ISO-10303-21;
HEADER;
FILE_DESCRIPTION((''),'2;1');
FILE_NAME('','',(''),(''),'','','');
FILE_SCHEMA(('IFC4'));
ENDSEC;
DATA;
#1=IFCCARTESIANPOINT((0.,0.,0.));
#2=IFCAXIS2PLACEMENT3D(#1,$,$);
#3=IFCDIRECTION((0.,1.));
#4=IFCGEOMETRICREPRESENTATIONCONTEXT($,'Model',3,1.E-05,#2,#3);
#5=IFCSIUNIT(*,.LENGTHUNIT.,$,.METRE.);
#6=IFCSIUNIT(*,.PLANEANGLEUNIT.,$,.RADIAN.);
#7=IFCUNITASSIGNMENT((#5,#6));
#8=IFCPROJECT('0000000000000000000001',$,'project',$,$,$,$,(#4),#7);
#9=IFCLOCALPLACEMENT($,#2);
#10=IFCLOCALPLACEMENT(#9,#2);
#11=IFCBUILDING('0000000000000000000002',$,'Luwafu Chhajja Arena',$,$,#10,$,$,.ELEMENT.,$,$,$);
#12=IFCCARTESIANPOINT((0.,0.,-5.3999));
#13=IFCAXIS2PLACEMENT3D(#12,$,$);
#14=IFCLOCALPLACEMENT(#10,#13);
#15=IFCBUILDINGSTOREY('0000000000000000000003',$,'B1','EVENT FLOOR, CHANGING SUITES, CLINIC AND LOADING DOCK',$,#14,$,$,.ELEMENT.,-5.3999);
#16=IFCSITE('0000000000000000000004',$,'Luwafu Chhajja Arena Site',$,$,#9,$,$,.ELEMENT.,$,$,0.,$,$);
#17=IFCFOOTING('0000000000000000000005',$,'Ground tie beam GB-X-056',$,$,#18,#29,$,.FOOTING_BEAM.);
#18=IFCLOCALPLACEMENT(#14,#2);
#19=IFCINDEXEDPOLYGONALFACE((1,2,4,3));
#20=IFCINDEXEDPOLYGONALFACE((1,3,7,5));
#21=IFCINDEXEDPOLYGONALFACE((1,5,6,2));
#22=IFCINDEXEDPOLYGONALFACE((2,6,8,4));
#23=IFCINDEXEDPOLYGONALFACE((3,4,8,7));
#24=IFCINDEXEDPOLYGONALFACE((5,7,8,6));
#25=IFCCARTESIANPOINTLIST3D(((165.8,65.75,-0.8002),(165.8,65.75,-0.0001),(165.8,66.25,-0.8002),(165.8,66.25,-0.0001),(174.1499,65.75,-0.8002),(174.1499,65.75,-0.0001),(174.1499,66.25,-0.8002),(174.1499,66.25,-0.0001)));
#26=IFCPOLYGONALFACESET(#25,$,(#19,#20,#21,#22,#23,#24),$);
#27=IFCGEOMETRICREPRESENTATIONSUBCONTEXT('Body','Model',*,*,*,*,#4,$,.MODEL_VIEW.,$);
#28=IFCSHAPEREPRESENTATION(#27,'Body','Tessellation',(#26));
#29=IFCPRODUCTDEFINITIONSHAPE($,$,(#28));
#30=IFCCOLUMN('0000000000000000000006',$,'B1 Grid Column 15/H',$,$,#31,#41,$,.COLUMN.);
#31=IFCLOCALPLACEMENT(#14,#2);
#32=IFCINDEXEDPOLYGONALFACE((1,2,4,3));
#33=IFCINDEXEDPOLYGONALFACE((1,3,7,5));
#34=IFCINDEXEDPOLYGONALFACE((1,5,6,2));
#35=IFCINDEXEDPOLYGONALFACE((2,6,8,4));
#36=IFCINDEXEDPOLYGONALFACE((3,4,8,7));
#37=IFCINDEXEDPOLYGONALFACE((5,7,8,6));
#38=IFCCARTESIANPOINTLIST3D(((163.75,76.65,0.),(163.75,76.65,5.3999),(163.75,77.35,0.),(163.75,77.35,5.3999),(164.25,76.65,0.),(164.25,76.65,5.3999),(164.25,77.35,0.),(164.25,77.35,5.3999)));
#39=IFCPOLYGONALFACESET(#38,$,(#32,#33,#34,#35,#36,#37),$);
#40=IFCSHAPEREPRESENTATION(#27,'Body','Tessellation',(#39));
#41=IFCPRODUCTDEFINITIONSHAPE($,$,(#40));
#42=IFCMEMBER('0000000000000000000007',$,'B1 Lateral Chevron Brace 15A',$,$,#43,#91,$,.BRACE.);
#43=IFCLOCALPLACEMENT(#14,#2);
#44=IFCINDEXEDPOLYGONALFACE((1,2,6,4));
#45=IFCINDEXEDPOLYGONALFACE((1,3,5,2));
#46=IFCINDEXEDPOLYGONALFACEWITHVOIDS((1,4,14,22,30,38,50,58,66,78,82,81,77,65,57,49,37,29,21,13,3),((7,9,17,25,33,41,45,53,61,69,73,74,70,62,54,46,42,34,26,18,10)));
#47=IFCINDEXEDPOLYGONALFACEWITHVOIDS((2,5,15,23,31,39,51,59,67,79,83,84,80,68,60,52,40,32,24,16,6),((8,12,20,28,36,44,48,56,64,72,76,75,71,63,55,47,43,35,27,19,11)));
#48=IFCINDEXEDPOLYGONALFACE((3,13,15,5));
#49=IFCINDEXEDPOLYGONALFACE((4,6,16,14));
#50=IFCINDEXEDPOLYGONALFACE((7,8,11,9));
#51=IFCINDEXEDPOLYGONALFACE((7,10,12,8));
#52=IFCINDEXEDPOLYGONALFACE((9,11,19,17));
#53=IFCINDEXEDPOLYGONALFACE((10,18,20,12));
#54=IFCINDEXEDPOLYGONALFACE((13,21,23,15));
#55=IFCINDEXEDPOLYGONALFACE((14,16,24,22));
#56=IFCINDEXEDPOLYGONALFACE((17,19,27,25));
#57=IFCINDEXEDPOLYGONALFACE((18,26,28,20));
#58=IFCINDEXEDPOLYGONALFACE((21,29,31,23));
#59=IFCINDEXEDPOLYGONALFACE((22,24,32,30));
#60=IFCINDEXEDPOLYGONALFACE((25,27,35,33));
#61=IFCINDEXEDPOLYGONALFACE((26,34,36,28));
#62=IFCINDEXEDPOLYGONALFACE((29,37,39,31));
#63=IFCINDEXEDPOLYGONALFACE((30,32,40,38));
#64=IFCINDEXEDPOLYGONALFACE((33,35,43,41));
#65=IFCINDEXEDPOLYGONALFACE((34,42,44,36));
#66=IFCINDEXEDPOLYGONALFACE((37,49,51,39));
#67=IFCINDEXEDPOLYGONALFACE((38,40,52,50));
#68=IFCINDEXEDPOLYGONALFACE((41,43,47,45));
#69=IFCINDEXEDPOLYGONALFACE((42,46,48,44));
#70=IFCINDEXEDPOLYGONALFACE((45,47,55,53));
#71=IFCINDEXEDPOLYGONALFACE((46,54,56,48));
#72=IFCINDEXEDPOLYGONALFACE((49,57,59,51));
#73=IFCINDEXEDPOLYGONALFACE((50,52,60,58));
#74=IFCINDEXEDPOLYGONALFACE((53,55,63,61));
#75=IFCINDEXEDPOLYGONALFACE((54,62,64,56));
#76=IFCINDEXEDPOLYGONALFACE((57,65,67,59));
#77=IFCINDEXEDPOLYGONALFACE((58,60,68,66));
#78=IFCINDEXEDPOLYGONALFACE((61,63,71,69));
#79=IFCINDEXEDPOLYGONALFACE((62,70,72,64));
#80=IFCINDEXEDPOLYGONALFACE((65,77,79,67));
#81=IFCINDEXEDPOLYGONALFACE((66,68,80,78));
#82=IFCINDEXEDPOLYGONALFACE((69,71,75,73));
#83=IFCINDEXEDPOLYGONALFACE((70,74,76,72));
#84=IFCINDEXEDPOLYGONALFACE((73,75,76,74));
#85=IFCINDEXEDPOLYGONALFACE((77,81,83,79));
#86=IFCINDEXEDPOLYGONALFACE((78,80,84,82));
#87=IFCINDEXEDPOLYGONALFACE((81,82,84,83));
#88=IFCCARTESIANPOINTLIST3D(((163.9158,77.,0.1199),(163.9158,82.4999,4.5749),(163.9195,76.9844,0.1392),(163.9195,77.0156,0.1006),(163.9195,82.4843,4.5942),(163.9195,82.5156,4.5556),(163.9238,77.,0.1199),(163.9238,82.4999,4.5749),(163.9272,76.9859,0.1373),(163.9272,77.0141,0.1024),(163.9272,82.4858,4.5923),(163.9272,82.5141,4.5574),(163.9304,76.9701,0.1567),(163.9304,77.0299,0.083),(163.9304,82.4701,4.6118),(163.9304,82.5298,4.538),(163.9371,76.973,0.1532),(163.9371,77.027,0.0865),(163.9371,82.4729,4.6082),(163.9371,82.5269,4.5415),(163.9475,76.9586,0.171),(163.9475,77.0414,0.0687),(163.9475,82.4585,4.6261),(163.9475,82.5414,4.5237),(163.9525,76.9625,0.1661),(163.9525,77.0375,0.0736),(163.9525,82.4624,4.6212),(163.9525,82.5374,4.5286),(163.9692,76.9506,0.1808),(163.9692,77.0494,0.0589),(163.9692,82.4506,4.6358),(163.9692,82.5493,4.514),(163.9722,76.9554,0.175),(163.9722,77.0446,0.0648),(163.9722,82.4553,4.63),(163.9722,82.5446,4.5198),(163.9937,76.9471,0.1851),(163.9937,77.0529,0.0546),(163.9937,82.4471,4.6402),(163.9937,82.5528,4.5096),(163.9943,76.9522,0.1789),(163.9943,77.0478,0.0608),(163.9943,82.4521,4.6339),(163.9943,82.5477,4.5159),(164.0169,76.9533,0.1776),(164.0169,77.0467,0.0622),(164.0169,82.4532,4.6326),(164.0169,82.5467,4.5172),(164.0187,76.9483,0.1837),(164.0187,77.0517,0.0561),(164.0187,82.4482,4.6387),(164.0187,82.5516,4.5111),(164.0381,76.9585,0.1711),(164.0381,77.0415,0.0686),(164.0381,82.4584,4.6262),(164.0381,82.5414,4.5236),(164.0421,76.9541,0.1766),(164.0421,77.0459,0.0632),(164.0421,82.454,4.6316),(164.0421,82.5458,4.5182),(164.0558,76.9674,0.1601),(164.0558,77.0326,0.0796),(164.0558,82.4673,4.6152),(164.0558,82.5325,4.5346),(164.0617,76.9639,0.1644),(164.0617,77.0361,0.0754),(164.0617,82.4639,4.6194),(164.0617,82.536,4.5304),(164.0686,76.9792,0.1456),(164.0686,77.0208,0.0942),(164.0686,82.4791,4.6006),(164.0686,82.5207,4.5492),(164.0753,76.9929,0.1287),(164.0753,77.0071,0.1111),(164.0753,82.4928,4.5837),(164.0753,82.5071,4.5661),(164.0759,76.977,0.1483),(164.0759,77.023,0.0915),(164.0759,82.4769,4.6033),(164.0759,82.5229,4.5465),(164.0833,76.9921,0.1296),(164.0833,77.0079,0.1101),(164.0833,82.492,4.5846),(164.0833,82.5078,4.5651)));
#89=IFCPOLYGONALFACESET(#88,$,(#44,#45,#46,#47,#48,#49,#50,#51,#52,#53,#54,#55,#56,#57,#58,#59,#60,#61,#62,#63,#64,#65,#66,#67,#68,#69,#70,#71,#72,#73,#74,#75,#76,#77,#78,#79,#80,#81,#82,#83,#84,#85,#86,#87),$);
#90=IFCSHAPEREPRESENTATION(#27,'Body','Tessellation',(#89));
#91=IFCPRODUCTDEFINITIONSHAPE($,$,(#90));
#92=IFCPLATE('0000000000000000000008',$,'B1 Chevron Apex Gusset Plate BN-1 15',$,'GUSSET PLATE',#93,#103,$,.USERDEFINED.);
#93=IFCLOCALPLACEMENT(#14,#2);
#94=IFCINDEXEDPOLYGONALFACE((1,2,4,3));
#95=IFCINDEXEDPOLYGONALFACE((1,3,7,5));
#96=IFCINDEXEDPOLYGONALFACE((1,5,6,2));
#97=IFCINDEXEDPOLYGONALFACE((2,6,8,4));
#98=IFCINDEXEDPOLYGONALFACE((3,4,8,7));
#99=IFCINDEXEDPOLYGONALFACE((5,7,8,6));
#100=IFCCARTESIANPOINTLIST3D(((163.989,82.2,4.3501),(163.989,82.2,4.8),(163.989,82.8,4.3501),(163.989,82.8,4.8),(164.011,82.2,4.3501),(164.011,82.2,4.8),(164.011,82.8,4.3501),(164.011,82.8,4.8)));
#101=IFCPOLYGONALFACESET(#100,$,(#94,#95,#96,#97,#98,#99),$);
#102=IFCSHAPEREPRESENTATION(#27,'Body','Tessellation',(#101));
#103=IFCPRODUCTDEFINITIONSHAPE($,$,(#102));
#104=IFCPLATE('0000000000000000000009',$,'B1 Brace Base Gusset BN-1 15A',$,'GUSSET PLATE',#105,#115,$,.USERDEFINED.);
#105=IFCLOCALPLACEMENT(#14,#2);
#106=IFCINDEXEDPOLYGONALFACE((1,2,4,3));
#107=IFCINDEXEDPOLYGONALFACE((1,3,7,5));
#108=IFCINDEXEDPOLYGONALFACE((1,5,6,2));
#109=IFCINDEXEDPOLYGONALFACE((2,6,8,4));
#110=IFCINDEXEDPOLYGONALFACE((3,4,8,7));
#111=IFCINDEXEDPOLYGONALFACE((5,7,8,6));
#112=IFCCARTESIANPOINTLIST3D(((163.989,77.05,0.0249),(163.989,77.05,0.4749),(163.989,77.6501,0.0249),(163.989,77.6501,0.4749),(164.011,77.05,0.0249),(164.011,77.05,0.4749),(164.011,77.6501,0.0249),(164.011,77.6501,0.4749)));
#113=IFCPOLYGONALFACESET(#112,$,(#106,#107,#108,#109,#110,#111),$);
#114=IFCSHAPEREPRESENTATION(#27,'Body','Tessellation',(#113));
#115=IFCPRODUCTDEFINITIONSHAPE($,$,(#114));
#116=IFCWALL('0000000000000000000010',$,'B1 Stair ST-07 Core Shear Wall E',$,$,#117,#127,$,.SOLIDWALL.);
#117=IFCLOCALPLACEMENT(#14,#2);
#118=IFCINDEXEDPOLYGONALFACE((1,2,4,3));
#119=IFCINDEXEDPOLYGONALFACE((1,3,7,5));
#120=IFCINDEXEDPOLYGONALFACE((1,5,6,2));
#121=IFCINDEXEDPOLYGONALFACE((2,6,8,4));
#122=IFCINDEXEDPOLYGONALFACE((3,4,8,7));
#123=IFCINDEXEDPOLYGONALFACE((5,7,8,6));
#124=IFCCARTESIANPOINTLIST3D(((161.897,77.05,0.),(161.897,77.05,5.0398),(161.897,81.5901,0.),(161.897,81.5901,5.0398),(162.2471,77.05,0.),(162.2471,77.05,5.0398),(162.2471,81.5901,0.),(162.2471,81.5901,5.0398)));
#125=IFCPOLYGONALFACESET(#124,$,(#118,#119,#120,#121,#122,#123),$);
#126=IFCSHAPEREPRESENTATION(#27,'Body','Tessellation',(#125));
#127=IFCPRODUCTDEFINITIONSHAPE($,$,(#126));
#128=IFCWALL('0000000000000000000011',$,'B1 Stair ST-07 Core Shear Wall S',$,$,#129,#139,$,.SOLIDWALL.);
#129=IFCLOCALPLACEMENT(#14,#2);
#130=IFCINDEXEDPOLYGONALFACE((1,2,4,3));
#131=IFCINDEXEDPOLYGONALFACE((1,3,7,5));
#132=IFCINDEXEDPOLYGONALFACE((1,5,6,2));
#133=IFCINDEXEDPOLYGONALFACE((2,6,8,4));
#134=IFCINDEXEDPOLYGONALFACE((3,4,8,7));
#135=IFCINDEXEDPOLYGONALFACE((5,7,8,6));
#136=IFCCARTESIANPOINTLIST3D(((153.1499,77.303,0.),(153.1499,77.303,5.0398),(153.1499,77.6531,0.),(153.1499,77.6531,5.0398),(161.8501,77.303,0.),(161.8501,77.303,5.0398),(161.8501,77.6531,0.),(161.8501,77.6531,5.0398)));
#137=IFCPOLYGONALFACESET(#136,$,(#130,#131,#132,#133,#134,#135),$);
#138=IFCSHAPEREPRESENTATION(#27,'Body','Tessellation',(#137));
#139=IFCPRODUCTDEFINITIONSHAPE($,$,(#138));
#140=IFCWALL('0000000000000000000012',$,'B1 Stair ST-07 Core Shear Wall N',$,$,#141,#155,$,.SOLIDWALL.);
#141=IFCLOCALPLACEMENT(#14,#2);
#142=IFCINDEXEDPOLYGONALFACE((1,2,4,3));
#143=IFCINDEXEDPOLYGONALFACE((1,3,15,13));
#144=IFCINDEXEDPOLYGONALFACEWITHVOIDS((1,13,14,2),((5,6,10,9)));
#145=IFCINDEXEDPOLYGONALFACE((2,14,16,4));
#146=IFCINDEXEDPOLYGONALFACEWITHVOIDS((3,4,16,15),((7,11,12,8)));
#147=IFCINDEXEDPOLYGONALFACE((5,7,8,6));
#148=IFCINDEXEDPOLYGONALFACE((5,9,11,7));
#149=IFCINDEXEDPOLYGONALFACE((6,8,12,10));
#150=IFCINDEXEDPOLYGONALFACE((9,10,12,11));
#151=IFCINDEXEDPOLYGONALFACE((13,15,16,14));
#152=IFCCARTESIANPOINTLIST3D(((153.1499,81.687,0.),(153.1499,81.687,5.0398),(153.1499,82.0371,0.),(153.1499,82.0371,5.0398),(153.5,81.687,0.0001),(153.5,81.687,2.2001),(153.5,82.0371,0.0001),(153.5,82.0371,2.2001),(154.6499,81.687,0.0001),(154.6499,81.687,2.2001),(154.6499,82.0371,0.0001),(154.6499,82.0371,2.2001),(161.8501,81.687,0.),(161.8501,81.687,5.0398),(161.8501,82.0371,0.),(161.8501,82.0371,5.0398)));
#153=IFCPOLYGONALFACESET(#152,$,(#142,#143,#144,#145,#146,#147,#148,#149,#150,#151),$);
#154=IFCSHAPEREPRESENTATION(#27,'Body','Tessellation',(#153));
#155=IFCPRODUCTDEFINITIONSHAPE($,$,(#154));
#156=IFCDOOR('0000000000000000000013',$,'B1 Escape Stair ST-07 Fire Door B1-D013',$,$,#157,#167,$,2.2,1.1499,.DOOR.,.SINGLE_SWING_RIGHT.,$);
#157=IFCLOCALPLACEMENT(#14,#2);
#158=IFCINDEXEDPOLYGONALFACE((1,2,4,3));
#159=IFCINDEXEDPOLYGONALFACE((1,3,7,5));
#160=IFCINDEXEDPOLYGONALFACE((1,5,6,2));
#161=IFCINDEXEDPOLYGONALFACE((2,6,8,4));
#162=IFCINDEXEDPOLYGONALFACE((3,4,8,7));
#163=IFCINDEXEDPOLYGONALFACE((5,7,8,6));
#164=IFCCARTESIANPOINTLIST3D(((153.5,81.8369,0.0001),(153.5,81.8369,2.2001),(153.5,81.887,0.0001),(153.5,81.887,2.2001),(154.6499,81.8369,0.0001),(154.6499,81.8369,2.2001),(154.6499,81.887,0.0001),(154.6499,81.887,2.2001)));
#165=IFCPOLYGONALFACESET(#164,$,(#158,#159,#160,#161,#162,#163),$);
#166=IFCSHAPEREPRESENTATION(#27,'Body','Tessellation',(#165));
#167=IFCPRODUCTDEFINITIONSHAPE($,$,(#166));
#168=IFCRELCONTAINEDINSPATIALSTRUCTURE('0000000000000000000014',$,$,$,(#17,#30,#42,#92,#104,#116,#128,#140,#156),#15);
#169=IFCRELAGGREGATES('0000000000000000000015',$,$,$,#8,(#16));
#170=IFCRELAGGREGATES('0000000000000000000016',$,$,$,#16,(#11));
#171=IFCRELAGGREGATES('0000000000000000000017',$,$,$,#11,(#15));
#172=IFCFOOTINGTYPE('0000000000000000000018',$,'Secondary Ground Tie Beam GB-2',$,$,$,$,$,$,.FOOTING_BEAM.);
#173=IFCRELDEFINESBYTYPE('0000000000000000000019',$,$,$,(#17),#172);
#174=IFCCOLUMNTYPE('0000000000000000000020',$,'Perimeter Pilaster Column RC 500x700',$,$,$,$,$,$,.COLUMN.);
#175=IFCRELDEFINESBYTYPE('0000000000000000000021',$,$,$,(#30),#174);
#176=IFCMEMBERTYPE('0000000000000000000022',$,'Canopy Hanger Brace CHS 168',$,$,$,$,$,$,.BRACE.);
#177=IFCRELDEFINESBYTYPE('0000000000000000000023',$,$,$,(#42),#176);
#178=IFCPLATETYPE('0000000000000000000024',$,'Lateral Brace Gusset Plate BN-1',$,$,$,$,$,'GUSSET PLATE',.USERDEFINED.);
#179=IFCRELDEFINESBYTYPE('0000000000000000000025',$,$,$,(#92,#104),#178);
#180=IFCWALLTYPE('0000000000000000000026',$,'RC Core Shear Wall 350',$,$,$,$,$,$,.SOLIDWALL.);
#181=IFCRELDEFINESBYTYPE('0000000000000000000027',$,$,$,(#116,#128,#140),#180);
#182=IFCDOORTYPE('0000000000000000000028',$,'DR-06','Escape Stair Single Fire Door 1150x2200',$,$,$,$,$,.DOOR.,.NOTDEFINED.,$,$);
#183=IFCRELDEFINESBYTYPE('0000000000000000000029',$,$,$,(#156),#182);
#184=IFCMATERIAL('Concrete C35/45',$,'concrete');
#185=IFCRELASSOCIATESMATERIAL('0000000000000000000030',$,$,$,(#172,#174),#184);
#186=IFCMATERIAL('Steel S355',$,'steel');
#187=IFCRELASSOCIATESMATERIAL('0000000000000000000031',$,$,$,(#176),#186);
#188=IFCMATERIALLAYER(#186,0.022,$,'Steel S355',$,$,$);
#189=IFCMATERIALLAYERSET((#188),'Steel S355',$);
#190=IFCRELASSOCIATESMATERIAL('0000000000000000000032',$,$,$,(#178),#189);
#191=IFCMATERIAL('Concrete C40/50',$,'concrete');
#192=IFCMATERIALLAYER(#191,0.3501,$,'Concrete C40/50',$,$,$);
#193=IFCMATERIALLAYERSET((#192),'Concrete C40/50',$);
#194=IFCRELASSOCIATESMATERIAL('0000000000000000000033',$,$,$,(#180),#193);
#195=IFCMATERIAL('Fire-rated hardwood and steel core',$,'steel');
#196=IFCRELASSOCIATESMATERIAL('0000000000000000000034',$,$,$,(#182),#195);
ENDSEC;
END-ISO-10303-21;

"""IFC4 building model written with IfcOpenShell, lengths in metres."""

from ifc_helpers import new_model, si_unit, direction, frame, frame_2d, origin, origin_2d, place, context, subcontext, project, spatial, rectangle, hollow_circle, extrude, material, layer, layer_set, material_profile, profile_set, type_object, element, fill, save


model = new_model("IFC4")

# Units and contexts
model_context = context("Model", 3, precision=1e-05, world=origin(), true_north=direction((0.0, 1.0)))
body_context = subcontext(model_context, "Body", "Model", "MODEL_VIEW")
ifc_project = project(units=[si_unit("LENGTHUNIT", "METRE"), si_unit("PLANEANGLEUNIT", "RADIAN")], contexts=[model_context])

# Site, building, storey
site_placement = place(None, origin())
site = spatial("IfcSite", under=ifc_project, at=site_placement, Name="Luwafu Chhajja Arena Site", CompositionType="ELEMENT", RefElevation=0.0)
building_placement = place(site_placement, origin())
building = spatial("IfcBuilding", under=site, at=building_placement, Name="Luwafu Chhajja Arena", CompositionType="ELEMENT")
storey_placement = place(building_placement, frame((0.0, 0.0, -5.3999)))
storey = spatial("IfcBuildingStorey", under=building, at=storey_placement, Name="B1", Description="EVENT FLOOR, CHANGING SUITES, CLINIC AND LOADING DOCK", CompositionType="ELEMENT", Elevation=-5.3999)

# Shared definitions
ifc_material_1 = material(Name="Concrete C35/45", Category="concrete")

# Footing
ifc_material_profile_1 = material_profile(ifc_material_1, rectangle(XDim=0.5, YDim=0.8, at=origin_2d()), Name="RC 500x800")
ifc_profile_set_1 = profile_set([ifc_material_profile_1], Name="Concrete C35/45")
footing_type_1 = type_object("IfcFootingType", Name="Secondary Ground Tie Beam GB-2", PredefinedType="FOOTING_BEAM", material=ifc_profile_set_1)
footing_1_placement = place(storey_placement, frame((165.8, 66.0, -0.4001), z_axis=(1.0, 0.0, 0.0), x_axis=(0.0, 1.0, 0.0)))
element("IfcFooting", 1, at=footing_1_placement, inside=storey, type_object=footing_type_1, Name="Ground tie beam GB-X-056", PredefinedType="FOOTING_BEAM", context=body_context, shape_type="SweptSolid", body=[
    extrude(rectangle(XDim=0.5, YDim=0.8, at=origin_2d()), origin(), (0.0, 0.0, 1.0), 8.3499),
])

# Column
ifc_material_profile_2 = material_profile(ifc_material_1, rectangle(XDim=0.5, YDim=0.7, at=origin_2d()), Name="RC 500x700")
ifc_profile_set_2 = profile_set([ifc_material_profile_2], Name="Concrete C35/45")
column_type = type_object("IfcColumnType", Name="Perimeter Pilaster Column RC 500x700", PredefinedType="COLUMN", material=ifc_profile_set_2)
column_placement = place(storey_placement, frame((164.0, 77.0, 0.0), z_axis=(0.0, 0.0, 1.0), x_axis=(1.0, 0.0, 0.0)))
element("IfcColumn", 2, at=column_placement, inside=storey, type_object=column_type, Name="B1 Grid Column 15/H", PredefinedType="COLUMN", context=body_context, shape_type="SweptSolid", body=[
    extrude(rectangle(XDim=0.5, YDim=0.7, at=origin_2d()), origin(), (0.0, 0.0, 1.0), 5.3999),
])

# Member
ifc_material_2 = material(Name="Steel S355", Category="steel")
ifc_material_profile_3 = material_profile(ifc_material_2, hollow_circle(Radius=0.0842, WallThickness=0.0081, at=origin_2d()), Name="CHS 168.3x8")
ifc_profile_set_3 = profile_set([ifc_material_profile_3], Name="Steel S355")
member_type = type_object("IfcMemberType", Name="Canopy Hanger Brace CHS 168", PredefinedType="BRACE", material=ifc_profile_set_3)
member_placement = place(storey_placement, frame((164.0, 77.0, 0.1199), z_axis=(0.0, 0.777058, 0.629428), x_axis=(-1.0, 0.0, 0.0)))
element("IfcMember", 3, at=member_placement, inside=storey, type_object=member_type, Name="B1 Lateral Chevron Brace 15A", PredefinedType="BRACE", context=body_context, shape_type="SweptSolid", body=[
    extrude(hollow_circle(Radius=0.0842, WallThickness=0.0081, at=origin_2d()), origin(), (0.0, 0.0, 1.0), 7.0779),
])

# Plates
ifc_layer_1 = layer(ifc_material_2, 0.022, Name="Steel S355")
ifc_layer_set_1 = layer_set([ifc_layer_1], Name="Steel S355")
plate_type = type_object("IfcPlateType", Name="Lateral Brace Gusset Plate BN-1", ElementType="GUSSET PLATE", PredefinedType="USERDEFINED", material=ifc_layer_set_1)
for number, where, z_axis, x_axis, name in (
    (4, (164.0, 82.5, 4.3501), (0.0, 0.0, 1.0), (1.0, 0.0, 0.0), "B1 Chevron Apex Gusset Plate BN-1 15"),
    (5, (164.0, 77.3501, 0.0249), (0.0, 0.0, 1.0), (1.0, 0.0, 0.0), "B1 Brace Base Gusset BN-1 15A"),
):
    element("IfcPlate", number, at=place(storey_placement, frame(where, z_axis=z_axis, x_axis=x_axis)), inside=storey, type_object=plate_type, Name=name, ObjectType="GUSSET PLATE", PredefinedType="USERDEFINED", context=body_context, shape_type="SweptSolid", body=[
        extrude(rectangle(XDim=0.022, YDim=0.6001, at=origin_2d()), origin(), (0.0, 0.0, 1.0), 0.45),
    ])

# Walls
ifc_material_3 = material(Name="Concrete C40/50", Category="concrete")
ifc_layer_2 = layer(ifc_material_3, 0.3501, Name="Concrete C40/50")
ifc_layer_set_2 = layer_set([ifc_layer_2], Name="Concrete C40/50")
wall_type_1 = type_object("IfcWallType", Name="RC Core Shear Wall 350", PredefinedType="SOLIDWALL", material=ifc_layer_set_2)
wall_1_placement = place(storey_placement, frame((162.072, 77.05, 0.0), z_axis=(0.0, 0.0, 1.0), x_axis=(0.0, 1.0, 0.0)))
element("IfcWall", 6, at=wall_1_placement, inside=storey, type_object=wall_type_1, Name="B1 Stair ST-07 Core Shear Wall E", PredefinedType="SOLIDWALL", context=body_context, shape_type="SweptSolid", body=[
    extrude(rectangle(XDim=4.54, YDim=0.3501, at=frame_2d((2.27, 0.0))), origin(), (0.0, 0.0, 1.0), 5.0398),
])
wall_2_placement = place(storey_placement, frame((153.1499, 77.478, 0.0), z_axis=(0.0, 0.0, 1.0), x_axis=(1.0, 0.0, 0.0)))
element("IfcWall", 7, at=wall_2_placement, inside=storey, type_object=wall_type_1, Name="B1 Stair ST-07 Core Shear Wall S", PredefinedType="SOLIDWALL", context=body_context, shape_type="SweptSolid", body=[
    extrude(rectangle(XDim=8.7002, YDim=0.3501, at=frame_2d((4.3501, 0.0))), origin(), (0.0, 0.0, 1.0), 5.0398),
])

# Wall, opening, door
wall_3_placement = place(storey_placement, frame((153.1499, 81.8621, 0.0), z_axis=(0.0, 0.0, 1.0), x_axis=(1.0, 0.0, 0.0)))
wall_3 = element("IfcWall", 8, at=wall_3_placement, inside=storey, type_object=wall_type_1, Name="B1 Stair ST-07 Core Shear Wall N", PredefinedType="SOLIDWALL", context=body_context, shape_type="SweptSolid", body=[
    extrude(rectangle(XDim=8.7002, YDim=0.3501, at=frame_2d((4.3501, 0.0))), origin(), (0.0, 0.0, 1.0), 5.0398),
])
opening_1_placement = place(wall_3_placement, frame((0.3501, 0.0, 0.0)))
opening_1 = element("IfcOpeningElement", 9, at=opening_1_placement, cuts=wall_3, PredefinedType="OPENING", context=body_context, shape_type="SweptSolid", body=[
    extrude(rectangle(XDim=1.1499, YDim=2.2, at=frame_2d((0.575, 1.1001))), frame((0.0, 0.1851, 0.0), z_axis=(0.0, -1.0, 0.0), x_axis=(1.0, 0.0, 0.0)), (0.0, 0.0, 1.0), 0.3701),
])
ifc_material_4 = material(Name="Fire-rated hardwood and steel core", Category="steel")
door_type = type_object("IfcDoorType", Name="DR-06", Description="Escape Stair Single Fire Door 1150x2200", OperationType="NOTDEFINED", PredefinedType="DOOR", material=ifc_material_4)
door_1_placement = place(opening_1_placement, origin())
door_1 = element("IfcDoor", 10, at=door_1_placement, inside=storey, type_object=door_type, Name="B1 Escape Stair ST-07 Fire Door B1-D013", OperationType="SINGLE_SWING_RIGHT", OverallHeight=2.2, OverallWidth=1.1499, PredefinedType="DOOR", context=body_context, shape_type="SweptSolid", body=[
    extrude(rectangle(XDim=1.1499, YDim=2.2, at=frame_2d((0.575, 1.1001))), frame((0.0, 0.0249, 0.0), z_axis=(0.0, -1.0, 0.0), x_axis=(1.0, 0.0, 0.0)), (0.0, 0.0, 1.0), 0.05),
])
fill(opening_1, door_1)

save(model, "model.ifc")
